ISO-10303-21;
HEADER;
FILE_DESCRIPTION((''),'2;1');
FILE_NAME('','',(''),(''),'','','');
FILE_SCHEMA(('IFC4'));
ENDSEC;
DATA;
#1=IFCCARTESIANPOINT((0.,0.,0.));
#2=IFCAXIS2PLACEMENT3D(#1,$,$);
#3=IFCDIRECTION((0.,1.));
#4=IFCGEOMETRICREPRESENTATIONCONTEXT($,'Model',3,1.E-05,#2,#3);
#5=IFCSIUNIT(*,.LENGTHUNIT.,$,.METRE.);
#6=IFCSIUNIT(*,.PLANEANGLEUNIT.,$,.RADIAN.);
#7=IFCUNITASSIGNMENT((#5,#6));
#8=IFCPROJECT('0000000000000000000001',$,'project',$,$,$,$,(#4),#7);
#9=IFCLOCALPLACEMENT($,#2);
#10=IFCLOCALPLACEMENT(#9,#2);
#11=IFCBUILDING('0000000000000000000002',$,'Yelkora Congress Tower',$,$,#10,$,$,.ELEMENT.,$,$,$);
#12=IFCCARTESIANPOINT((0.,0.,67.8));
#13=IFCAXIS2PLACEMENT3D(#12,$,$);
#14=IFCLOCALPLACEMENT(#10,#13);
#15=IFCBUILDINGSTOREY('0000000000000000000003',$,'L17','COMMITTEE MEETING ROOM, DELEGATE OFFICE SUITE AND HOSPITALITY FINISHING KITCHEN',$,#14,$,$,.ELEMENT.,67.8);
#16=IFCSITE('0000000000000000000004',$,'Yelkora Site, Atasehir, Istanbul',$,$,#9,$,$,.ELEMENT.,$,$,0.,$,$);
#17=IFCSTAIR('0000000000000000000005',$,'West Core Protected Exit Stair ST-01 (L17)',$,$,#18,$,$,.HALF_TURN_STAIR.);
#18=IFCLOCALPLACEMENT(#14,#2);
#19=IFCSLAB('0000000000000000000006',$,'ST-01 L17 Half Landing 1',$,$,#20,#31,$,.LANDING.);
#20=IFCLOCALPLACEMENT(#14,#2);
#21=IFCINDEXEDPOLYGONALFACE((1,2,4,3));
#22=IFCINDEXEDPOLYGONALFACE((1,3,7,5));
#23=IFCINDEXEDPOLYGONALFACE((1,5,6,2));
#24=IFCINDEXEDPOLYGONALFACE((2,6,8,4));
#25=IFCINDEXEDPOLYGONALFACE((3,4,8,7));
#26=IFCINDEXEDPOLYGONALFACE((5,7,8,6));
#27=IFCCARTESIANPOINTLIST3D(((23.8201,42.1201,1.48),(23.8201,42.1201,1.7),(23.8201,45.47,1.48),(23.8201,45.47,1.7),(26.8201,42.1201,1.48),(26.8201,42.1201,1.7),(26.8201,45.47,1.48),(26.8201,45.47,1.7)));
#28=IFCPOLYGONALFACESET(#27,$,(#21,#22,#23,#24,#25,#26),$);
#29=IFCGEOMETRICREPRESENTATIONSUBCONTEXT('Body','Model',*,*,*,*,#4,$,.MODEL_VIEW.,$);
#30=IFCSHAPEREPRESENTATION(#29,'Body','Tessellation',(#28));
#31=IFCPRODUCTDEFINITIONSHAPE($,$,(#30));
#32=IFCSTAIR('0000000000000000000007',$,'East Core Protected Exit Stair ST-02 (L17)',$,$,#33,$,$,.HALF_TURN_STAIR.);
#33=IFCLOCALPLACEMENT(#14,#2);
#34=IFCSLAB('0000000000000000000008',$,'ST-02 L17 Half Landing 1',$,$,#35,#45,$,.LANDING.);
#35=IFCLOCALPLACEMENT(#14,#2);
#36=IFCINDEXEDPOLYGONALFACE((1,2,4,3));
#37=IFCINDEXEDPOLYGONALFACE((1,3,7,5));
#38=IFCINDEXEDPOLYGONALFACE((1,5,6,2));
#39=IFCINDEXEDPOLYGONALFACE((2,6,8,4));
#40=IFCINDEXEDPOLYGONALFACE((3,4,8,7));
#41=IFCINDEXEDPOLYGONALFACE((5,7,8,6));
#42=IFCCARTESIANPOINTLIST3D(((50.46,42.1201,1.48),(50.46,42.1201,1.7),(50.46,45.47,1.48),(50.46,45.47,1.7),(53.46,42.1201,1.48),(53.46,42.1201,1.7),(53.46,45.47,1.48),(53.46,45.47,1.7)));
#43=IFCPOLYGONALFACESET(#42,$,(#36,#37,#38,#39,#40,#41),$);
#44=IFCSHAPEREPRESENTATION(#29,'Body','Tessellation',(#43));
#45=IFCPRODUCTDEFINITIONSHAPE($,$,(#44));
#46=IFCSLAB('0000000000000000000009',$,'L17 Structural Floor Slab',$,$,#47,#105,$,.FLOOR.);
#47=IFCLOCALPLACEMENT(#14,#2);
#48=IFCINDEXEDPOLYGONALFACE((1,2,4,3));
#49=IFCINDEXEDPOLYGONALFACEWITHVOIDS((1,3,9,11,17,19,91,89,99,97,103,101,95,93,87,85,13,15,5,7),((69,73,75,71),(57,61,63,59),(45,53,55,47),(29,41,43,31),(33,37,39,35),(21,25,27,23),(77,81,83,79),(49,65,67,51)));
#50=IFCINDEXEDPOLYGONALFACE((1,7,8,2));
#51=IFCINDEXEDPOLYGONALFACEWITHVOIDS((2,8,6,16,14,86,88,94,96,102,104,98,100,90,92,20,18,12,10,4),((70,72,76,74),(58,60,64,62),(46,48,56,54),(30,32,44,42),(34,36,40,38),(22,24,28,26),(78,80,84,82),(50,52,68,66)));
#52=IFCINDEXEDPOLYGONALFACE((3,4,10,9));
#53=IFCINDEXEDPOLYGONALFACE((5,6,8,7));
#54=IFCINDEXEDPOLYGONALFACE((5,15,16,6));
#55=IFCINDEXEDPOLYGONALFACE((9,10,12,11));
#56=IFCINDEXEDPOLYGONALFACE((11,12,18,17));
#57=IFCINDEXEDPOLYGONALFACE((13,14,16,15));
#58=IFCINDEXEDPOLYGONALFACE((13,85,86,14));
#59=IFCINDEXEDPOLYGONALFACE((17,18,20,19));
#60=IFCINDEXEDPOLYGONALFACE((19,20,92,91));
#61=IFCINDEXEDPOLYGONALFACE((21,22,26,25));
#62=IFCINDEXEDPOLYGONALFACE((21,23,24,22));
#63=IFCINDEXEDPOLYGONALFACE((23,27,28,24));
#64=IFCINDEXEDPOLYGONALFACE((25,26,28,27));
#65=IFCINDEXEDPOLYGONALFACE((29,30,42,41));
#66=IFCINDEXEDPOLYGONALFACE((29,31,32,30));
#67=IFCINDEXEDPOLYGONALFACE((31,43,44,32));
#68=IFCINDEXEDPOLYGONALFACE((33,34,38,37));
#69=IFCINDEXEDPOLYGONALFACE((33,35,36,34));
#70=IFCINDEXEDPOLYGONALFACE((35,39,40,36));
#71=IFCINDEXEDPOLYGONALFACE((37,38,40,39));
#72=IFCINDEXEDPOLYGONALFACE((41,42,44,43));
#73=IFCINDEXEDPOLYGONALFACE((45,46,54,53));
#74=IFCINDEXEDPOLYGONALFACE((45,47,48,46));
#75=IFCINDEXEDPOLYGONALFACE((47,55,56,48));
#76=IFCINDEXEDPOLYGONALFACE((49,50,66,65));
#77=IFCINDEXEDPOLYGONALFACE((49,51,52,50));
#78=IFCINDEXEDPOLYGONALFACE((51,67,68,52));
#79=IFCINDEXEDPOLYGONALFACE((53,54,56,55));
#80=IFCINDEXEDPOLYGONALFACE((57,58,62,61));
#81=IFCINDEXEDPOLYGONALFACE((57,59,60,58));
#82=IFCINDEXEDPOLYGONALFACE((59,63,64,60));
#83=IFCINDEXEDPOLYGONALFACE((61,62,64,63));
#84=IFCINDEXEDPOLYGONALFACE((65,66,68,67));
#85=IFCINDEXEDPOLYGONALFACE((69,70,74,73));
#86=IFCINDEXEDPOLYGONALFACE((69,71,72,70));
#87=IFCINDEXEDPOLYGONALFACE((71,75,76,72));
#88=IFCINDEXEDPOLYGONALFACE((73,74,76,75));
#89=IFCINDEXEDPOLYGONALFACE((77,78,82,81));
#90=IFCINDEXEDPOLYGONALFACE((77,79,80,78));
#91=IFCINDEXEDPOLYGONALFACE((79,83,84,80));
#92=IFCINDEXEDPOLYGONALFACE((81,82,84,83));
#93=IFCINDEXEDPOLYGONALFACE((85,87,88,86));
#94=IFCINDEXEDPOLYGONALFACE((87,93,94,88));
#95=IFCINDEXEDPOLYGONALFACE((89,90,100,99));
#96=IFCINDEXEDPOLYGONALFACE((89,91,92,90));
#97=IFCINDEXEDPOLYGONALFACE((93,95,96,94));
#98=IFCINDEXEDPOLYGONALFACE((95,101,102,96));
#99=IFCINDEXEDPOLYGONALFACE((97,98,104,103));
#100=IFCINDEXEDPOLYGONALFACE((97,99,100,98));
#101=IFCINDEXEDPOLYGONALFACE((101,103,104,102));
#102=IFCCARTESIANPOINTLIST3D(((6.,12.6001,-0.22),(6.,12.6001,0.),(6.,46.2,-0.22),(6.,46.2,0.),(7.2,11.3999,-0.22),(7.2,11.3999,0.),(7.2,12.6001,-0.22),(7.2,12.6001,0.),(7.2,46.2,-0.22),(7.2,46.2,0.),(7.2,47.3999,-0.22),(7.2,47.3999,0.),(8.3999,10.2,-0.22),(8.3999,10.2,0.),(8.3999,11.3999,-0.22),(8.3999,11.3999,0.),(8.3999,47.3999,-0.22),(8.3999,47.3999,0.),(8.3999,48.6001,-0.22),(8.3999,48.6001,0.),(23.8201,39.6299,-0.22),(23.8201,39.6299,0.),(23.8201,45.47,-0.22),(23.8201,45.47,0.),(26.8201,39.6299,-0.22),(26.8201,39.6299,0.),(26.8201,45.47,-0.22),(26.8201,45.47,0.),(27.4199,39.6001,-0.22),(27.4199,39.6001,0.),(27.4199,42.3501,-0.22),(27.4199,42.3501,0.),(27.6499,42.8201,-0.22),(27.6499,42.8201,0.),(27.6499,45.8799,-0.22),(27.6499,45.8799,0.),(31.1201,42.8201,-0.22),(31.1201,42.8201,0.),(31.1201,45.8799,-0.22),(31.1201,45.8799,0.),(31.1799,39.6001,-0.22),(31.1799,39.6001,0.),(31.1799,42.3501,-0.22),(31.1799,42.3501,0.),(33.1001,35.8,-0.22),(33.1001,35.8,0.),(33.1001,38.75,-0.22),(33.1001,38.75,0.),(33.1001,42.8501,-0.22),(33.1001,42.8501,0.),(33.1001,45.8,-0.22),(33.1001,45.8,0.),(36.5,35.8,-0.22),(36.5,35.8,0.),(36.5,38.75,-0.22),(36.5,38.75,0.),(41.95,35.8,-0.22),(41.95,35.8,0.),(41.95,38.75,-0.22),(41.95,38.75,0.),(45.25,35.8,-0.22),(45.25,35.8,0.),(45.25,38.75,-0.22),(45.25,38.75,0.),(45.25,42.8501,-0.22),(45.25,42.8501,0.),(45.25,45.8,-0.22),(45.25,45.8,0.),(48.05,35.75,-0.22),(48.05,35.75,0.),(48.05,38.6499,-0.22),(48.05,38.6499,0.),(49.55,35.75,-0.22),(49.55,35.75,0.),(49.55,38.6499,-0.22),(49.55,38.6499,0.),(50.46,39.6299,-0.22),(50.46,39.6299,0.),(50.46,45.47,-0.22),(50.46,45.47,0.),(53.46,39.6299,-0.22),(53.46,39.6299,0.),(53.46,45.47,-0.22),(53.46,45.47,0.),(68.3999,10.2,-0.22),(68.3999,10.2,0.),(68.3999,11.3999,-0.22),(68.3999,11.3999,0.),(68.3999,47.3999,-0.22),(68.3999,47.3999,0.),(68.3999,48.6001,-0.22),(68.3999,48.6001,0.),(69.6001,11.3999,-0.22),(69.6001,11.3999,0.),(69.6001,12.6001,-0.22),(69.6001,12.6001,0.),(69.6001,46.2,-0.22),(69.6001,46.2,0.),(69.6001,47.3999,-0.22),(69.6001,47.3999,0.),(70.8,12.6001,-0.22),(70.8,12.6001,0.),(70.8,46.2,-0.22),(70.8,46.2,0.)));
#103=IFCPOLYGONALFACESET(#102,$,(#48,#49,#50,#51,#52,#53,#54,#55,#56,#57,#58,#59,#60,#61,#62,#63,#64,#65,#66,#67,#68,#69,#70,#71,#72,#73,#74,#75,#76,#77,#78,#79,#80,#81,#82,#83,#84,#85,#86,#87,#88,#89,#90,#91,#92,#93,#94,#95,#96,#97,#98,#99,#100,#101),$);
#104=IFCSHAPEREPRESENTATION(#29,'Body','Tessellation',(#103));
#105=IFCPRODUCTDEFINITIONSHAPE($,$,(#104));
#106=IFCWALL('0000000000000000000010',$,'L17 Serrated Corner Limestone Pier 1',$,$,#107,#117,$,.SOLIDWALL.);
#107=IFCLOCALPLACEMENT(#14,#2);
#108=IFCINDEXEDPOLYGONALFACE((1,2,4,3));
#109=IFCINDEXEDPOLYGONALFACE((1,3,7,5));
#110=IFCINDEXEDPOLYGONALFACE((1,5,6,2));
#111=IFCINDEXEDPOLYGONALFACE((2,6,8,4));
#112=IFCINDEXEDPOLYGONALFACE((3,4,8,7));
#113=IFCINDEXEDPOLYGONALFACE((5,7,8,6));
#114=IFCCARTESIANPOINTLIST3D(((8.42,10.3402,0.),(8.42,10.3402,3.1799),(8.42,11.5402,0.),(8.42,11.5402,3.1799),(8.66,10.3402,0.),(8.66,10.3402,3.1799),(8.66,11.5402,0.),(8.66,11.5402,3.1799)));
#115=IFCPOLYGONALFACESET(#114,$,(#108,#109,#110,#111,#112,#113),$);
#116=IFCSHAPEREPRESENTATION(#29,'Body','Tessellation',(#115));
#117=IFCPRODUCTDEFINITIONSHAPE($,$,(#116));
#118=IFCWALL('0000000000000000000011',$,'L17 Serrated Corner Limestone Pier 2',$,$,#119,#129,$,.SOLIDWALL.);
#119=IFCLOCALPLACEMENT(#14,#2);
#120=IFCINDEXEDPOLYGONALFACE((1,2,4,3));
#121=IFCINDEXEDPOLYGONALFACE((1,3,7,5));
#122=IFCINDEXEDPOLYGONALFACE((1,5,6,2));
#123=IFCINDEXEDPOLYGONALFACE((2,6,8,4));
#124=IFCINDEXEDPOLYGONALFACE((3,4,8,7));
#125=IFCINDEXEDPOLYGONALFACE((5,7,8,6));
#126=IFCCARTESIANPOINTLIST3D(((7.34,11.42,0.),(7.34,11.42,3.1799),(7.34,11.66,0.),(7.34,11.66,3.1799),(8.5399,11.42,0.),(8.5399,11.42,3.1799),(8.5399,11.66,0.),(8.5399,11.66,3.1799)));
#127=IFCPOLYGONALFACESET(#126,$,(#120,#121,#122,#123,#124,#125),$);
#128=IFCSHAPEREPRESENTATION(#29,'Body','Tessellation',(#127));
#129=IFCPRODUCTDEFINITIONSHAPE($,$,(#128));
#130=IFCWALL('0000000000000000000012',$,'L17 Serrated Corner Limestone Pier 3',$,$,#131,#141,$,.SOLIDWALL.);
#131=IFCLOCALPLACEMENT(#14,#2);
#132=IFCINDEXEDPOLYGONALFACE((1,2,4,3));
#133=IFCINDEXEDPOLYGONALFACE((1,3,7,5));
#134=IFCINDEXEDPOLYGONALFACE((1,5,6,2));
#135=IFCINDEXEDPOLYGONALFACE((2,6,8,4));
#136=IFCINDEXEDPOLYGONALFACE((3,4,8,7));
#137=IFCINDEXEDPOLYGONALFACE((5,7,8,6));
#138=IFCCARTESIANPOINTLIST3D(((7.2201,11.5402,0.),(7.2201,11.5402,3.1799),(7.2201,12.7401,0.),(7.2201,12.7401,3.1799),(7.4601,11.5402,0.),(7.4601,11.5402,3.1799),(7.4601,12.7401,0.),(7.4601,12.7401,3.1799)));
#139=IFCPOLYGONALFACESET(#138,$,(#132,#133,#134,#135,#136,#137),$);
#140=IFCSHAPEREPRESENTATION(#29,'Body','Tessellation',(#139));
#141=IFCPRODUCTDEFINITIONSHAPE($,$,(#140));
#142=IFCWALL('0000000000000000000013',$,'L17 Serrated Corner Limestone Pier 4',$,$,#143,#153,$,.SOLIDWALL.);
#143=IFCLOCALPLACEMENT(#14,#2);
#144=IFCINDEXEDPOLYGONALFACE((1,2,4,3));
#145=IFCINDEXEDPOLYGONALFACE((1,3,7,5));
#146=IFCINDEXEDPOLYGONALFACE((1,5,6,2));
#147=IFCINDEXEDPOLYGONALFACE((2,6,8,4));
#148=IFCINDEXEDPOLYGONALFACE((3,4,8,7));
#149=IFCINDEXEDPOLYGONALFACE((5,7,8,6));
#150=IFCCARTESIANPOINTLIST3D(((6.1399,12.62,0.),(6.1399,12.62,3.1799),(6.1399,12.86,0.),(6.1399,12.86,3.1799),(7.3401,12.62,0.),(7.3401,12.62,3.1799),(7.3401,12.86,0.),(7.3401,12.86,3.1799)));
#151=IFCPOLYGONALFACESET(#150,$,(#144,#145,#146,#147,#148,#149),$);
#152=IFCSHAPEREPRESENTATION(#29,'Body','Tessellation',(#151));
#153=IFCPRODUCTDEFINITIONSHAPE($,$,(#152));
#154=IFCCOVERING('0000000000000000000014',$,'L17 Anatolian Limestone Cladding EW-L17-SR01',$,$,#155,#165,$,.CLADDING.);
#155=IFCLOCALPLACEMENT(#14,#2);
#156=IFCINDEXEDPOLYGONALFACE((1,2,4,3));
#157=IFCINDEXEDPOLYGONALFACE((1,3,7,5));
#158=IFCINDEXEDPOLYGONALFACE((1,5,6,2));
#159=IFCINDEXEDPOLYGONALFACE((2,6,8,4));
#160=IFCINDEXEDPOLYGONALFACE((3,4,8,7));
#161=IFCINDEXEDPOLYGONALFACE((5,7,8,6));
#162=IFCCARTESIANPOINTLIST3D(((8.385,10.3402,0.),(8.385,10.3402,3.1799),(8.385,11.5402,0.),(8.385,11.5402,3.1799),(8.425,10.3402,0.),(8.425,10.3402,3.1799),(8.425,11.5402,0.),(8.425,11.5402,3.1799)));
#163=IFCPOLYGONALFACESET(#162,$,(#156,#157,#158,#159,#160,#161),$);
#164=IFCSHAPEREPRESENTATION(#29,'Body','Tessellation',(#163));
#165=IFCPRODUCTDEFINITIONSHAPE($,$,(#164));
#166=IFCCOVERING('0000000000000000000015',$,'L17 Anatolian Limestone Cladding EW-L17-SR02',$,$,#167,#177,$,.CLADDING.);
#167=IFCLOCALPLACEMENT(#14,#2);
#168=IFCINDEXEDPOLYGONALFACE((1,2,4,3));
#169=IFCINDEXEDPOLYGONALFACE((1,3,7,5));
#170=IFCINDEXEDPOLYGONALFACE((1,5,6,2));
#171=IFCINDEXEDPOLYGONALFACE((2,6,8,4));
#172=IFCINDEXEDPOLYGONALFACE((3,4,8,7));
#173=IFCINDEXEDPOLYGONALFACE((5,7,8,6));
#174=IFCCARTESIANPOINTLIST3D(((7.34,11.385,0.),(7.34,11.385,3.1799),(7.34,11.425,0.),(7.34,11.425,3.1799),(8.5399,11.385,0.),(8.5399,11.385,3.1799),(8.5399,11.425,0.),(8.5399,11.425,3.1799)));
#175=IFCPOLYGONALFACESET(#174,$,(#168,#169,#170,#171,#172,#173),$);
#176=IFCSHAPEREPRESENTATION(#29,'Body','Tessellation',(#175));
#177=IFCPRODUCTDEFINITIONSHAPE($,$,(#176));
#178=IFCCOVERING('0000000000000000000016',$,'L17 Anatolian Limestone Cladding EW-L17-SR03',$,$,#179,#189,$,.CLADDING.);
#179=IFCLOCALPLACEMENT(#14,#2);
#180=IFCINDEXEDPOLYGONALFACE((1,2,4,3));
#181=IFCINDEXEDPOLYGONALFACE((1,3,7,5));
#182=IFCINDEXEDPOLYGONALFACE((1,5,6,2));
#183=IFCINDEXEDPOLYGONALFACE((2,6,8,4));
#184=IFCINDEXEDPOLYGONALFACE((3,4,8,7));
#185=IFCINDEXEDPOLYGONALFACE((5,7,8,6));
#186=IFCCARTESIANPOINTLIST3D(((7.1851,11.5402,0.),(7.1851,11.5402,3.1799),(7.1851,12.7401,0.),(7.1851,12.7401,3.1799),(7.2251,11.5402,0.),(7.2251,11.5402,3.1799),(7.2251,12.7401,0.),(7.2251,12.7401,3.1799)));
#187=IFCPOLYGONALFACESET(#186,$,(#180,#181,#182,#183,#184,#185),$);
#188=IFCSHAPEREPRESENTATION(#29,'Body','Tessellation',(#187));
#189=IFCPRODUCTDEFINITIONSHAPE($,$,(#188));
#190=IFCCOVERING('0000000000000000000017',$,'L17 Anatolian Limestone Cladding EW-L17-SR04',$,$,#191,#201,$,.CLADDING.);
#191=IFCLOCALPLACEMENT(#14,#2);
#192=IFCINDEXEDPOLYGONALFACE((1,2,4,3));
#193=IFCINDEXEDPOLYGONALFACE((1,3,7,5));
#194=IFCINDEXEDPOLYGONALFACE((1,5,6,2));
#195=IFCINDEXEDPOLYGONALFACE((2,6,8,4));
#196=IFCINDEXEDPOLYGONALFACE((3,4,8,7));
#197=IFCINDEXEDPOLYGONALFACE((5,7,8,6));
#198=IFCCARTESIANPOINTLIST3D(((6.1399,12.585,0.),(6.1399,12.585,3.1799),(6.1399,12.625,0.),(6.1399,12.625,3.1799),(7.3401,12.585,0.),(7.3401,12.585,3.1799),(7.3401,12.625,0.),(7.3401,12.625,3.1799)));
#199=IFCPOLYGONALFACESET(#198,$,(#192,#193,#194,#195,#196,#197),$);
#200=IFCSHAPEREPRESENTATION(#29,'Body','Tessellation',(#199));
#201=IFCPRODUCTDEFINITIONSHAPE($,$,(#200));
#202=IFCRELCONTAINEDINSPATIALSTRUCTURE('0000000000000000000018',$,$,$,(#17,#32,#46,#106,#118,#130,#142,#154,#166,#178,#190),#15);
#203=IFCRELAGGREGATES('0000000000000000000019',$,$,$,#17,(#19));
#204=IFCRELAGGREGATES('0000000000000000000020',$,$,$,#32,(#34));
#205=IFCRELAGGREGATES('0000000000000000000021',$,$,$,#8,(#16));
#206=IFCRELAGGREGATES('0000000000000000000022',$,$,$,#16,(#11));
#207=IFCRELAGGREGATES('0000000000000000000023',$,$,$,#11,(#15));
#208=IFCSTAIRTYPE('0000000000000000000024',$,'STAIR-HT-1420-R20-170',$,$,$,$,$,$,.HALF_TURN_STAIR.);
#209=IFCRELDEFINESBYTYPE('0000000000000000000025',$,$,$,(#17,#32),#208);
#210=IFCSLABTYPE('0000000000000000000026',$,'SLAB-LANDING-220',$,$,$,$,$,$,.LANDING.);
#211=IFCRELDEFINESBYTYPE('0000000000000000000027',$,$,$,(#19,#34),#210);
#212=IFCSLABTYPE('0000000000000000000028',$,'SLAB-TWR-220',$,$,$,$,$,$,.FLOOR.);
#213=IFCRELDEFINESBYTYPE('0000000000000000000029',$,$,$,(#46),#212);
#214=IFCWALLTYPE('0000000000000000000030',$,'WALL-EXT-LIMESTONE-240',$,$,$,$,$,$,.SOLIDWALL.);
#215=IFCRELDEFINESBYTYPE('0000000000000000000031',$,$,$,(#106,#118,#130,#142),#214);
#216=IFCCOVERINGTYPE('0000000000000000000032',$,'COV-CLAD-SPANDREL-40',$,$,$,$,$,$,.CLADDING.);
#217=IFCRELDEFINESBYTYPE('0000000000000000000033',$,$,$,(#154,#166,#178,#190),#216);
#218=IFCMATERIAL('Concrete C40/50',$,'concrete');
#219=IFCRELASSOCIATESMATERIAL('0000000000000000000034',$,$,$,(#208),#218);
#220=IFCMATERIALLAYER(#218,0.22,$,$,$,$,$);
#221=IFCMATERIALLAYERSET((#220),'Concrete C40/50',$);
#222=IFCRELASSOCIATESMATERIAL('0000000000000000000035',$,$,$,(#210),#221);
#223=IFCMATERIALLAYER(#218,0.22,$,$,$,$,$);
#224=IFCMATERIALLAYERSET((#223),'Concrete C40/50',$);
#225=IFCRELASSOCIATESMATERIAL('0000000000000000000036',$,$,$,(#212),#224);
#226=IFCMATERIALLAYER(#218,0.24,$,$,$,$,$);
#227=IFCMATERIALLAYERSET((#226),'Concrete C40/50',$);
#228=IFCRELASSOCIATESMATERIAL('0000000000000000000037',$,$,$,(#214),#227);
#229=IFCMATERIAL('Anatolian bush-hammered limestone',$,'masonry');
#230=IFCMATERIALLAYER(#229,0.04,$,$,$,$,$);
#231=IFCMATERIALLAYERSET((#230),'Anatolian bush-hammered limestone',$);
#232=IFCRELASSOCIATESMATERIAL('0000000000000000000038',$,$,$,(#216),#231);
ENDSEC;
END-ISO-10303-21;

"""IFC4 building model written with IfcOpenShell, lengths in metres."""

from ifc_helpers import new_model, si_unit, direction, frame, frame_2d, origin, place, context, subcontext, project, spatial, polyline, rectangle, outline, extrude, material, layer, layer_set, type_object, element, aggregate, save


model = new_model("IFC4")

# Units and contexts
model_context = context("Model", 3, precision=1e-05, world=origin(), true_north=direction((0.0, 1.0)))
body_context = subcontext(model_context, "Body", "Model", "MODEL_VIEW")
ifc_project = project(units=[si_unit("LENGTHUNIT", "METRE"), si_unit("PLANEANGLEUNIT", "RADIAN")], contexts=[model_context])

# Site, building, storey
site_placement = place(None, origin())
site = spatial("IfcSite", under=ifc_project, at=site_placement, Name="Yelkora Site, Atasehir, Istanbul", CompositionType="ELEMENT", RefElevation=0.0)
building_placement = place(site_placement, origin())
building = spatial("IfcBuilding", under=site, at=building_placement, Name="Yelkora Congress Tower", CompositionType="ELEMENT")
storey_placement = place(building_placement, frame((0.0, 0.0, 67.8)))
storey = spatial("IfcBuildingStorey", under=building, at=storey_placement, Name="L17", Description="COMMITTEE MEETING ROOM, DELEGATE OFFICE SUITE AND HOSPITALITY FINISHING KITCHEN", CompositionType="ELEMENT", Elevation=67.8)

# Stairs, slabs
ifc_material_1 = material(Name="Concrete C40/50", Category="concrete")
stair_type = type_object("IfcStairType", Name="STAIR-HT-1420-R20-170", PredefinedType="HALF_TURN_STAIR", material=ifc_material_1)
stair_1_placement = place(storey_placement, origin())
stair_1 = element("IfcStair", 1, at=stair_1_placement, inside=storey, type_object=stair_type, Name="West Core Protected Exit Stair ST-01 (L17)", PredefinedType="HALF_TURN_STAIR")
ifc_layer_1 = layer(ifc_material_1, 0.22)
ifc_layer_set_1 = layer_set([ifc_layer_1], Name="Concrete C40/50")
slab_type_1 = type_object("IfcSlabType", Name="SLAB-LANDING-220", PredefinedType="LANDING", material=ifc_layer_set_1)
slab_1_placement = place(storey_placement, frame((0.0, 0.0, 1.48)))
slab_1 = element("IfcSlab", 2, at=slab_1_placement, type_object=slab_type_1, Name="ST-01 L17 Half Landing 1", PredefinedType="LANDING", context=body_context, shape_type="SweptSolid", body=[
    extrude(outline(polyline([(26.8201, 42.1201), (26.8201, 45.47), (23.8201, 45.47), (23.8201, 42.1201), (26.8201, 42.1201)])), origin(), (0.0, 0.0, 1.0), 0.22),
])
aggregate(stair_1, [slab_1])
stair_2_placement = place(storey_placement, origin())
stair_2 = element("IfcStair", 3, at=stair_2_placement, inside=storey, type_object=stair_type, Name="East Core Protected Exit Stair ST-02 (L17)", PredefinedType="HALF_TURN_STAIR")
slab_2_placement = place(storey_placement, frame((0.0, 0.0, 1.48)))
slab_2 = element("IfcSlab", 4, at=slab_2_placement, type_object=slab_type_1, Name="ST-02 L17 Half Landing 1", PredefinedType="LANDING", context=body_context, shape_type="SweptSolid", body=[
    extrude(outline(polyline([(53.46, 42.1201), (53.46, 45.47), (50.46, 45.47), (50.46, 42.1201), (53.46, 42.1201)])), origin(), (0.0, 0.0, 1.0), 0.22),
])
aggregate(stair_2, [slab_2])

# Slab
ifc_layer_2 = layer(ifc_material_1, 0.22)
ifc_layer_set_2 = layer_set([ifc_layer_2], Name="Concrete C40/50")
slab_type_2 = type_object("IfcSlabType", Name="SLAB-TWR-220", PredefinedType="FLOOR", material=ifc_layer_set_2)
slab_3_placement = place(storey_placement, frame((0.0, 0.0, -0.22)))
element("IfcSlab", 5, at=slab_3_placement, inside=storey, type_object=slab_type_2, Name="L17 Structural Floor Slab", PredefinedType="FLOOR", context=body_context, shape_type="SweptSolid", body=[
    extrude(outline(polyline([(8.3999, 10.2), (68.3999, 10.2), (68.3999, 11.3999), (69.6001, 11.3999), (69.6001, 12.6001), (70.8, 12.6001), (70.8, 46.2), (69.6001, 46.2), (69.6001, 47.3999), (68.3999, 47.3999), (68.3999, 48.6001), (8.3999, 48.6001), (8.3999, 47.3999), (7.2, 47.3999), (7.2, 46.2), (6.0, 46.2), (6.0, 12.6001), (7.2, 12.6001), (7.2, 11.3999), (8.3999, 11.3999), (8.3999, 10.2)]), holes=[polyline([(23.8201, 39.6299), (26.8201, 39.6299), (26.8201, 45.47), (23.8201, 45.47), (23.8201, 39.6299)]), polyline([(50.46, 39.6299), (53.46, 39.6299), (53.46, 45.47), (50.46, 45.47), (50.46, 39.6299)]), polyline([(48.05, 35.75), (49.55, 35.75), (49.55, 38.6499), (48.05, 38.6499), (48.05, 35.75)]), polyline([(41.95, 35.8), (45.25, 35.8), (45.25, 38.75), (41.95, 38.75), (41.95, 35.8)]), polyline([(33.1001, 42.8501), (45.25, 42.8501), (45.25, 45.8), (33.1001, 45.8), (33.1001, 42.8501)]), polyline([(33.1001, 35.8), (36.5, 35.8), (36.5, 38.75), (33.1001, 38.75), (33.1001, 35.8)]), polyline([(27.4199, 39.6001), (31.1799, 39.6001), (31.1799, 42.3501), (27.4199, 42.3501), (27.4199, 39.6001)]), polyline([(27.6499, 42.8201), (31.1201, 42.8201), (31.1201, 45.8799), (27.6499, 45.8799), (27.6499, 42.8201)])]), origin(), (0.0, 0.0, 1.0), 0.22),
])

# Walls
ifc_layer_3 = layer(ifc_material_1, 0.24)
ifc_layer_set_3 = layer_set([ifc_layer_3], Name="Concrete C40/50")
wall_type = type_object("IfcWallType", Name="WALL-EXT-LIMESTONE-240", PredefinedType="SOLIDWALL", material=ifc_layer_set_3)
for number, where, z_axis, x_axis, name in (
    (6, (8.54, 10.3401, 0.0), (0.0, 0.0, 1.0), (0.0, 1.0, 0.0), "L17 Serrated Corner Limestone Pier 1"),
    (7, (8.54, 11.54, 0.0), (0.0, 0.0, 1.0), (-1.0, 0.0, 0.0), "L17 Serrated Corner Limestone Pier 2"),
    (8, (7.3401, 11.54, 0.0), (0.0, 0.0, 1.0), (0.0, 1.0, 0.0), "L17 Serrated Corner Limestone Pier 3"),
):
    element("IfcWall", number, at=place(storey_placement, frame(where, z_axis=z_axis, x_axis=x_axis)), inside=storey, type_object=wall_type, Name=name, PredefinedType="SOLIDWALL", context=body_context, shape_type="SweptSolid", body=[
        extrude(rectangle(XDim=1.2, YDim=0.24, at=frame_2d((0.6001, 0.0))), origin(), (0.0, 0.0, 1.0), 3.1799),
    ])
wall_placement = place(storey_placement, frame((7.3401, 12.74, 0.0), z_axis=(0.0, 0.0, 1.0), x_axis=(-1.0, 0.0, 0.0)))
element("IfcWall", 9, at=wall_placement, inside=storey, type_object=wall_type, Name="L17 Serrated Corner Limestone Pier 4", PredefinedType="SOLIDWALL", context=body_context, shape_type="SweptSolid", body=[
    extrude(rectangle(XDim=1.2002, YDim=0.24, at=frame_2d((0.6001, 0.0))), origin(), (0.0, 0.0, 1.0), 3.1799),
])

# Coverings
ifc_material_2 = material(Name="Anatolian bush-hammered limestone", Category="masonry")
ifc_layer_4 = layer(ifc_material_2, 0.04)
ifc_layer_set_4 = layer_set([ifc_layer_4], Name="Anatolian bush-hammered limestone")
covering_type = type_object("IfcCoveringType", Name="COV-CLAD-SPANDREL-40", PredefinedType="CLADDING", material=ifc_layer_set_4)
for number, where, z_axis, x_axis, name in (
    (10, (8.405, 10.3401, 0.0), (0.0, 0.0, 1.0), (0.0, 1.0, 0.0), "L17 Anatolian Limestone Cladding EW-L17-SR01"),
    (11, (8.54, 11.405, 0.0), (0.0, 0.0, 1.0), (-1.0, 0.0, 0.0), "L17 Anatolian Limestone Cladding EW-L17-SR02"),
    (12, (7.2051, 11.54, 0.0), (0.0, 0.0, 1.0), (0.0, 1.0, 0.0), "L17 Anatolian Limestone Cladding EW-L17-SR03"),
):
    element("IfcCovering", number, at=place(storey_placement, frame(where, z_axis=z_axis, x_axis=x_axis)), inside=storey, type_object=covering_type, Name=name, PredefinedType="CLADDING", context=body_context, shape_type="SweptSolid", body=[
        extrude(rectangle(XDim=1.2, YDim=0.04, at=frame_2d((0.6001, 0.0))), origin(), (0.0, 0.0, 1.0), 3.1799),
    ])
covering_placement = place(storey_placement, frame((7.3401, 12.605, 0.0), z_axis=(0.0, 0.0, 1.0), x_axis=(-1.0, 0.0, 0.0)))
element("IfcCovering", 13, at=covering_placement, inside=storey, type_object=covering_type, Name="L17 Anatolian Limestone Cladding EW-L17-SR04", PredefinedType="CLADDING", context=body_context, shape_type="SweptSolid", body=[
    extrude(rectangle(XDim=1.2002, YDim=0.04, at=frame_2d((0.6001, 0.0))), origin(), (0.0, 0.0, 1.0), 3.1799),
])

save(model, "model.ifc")
